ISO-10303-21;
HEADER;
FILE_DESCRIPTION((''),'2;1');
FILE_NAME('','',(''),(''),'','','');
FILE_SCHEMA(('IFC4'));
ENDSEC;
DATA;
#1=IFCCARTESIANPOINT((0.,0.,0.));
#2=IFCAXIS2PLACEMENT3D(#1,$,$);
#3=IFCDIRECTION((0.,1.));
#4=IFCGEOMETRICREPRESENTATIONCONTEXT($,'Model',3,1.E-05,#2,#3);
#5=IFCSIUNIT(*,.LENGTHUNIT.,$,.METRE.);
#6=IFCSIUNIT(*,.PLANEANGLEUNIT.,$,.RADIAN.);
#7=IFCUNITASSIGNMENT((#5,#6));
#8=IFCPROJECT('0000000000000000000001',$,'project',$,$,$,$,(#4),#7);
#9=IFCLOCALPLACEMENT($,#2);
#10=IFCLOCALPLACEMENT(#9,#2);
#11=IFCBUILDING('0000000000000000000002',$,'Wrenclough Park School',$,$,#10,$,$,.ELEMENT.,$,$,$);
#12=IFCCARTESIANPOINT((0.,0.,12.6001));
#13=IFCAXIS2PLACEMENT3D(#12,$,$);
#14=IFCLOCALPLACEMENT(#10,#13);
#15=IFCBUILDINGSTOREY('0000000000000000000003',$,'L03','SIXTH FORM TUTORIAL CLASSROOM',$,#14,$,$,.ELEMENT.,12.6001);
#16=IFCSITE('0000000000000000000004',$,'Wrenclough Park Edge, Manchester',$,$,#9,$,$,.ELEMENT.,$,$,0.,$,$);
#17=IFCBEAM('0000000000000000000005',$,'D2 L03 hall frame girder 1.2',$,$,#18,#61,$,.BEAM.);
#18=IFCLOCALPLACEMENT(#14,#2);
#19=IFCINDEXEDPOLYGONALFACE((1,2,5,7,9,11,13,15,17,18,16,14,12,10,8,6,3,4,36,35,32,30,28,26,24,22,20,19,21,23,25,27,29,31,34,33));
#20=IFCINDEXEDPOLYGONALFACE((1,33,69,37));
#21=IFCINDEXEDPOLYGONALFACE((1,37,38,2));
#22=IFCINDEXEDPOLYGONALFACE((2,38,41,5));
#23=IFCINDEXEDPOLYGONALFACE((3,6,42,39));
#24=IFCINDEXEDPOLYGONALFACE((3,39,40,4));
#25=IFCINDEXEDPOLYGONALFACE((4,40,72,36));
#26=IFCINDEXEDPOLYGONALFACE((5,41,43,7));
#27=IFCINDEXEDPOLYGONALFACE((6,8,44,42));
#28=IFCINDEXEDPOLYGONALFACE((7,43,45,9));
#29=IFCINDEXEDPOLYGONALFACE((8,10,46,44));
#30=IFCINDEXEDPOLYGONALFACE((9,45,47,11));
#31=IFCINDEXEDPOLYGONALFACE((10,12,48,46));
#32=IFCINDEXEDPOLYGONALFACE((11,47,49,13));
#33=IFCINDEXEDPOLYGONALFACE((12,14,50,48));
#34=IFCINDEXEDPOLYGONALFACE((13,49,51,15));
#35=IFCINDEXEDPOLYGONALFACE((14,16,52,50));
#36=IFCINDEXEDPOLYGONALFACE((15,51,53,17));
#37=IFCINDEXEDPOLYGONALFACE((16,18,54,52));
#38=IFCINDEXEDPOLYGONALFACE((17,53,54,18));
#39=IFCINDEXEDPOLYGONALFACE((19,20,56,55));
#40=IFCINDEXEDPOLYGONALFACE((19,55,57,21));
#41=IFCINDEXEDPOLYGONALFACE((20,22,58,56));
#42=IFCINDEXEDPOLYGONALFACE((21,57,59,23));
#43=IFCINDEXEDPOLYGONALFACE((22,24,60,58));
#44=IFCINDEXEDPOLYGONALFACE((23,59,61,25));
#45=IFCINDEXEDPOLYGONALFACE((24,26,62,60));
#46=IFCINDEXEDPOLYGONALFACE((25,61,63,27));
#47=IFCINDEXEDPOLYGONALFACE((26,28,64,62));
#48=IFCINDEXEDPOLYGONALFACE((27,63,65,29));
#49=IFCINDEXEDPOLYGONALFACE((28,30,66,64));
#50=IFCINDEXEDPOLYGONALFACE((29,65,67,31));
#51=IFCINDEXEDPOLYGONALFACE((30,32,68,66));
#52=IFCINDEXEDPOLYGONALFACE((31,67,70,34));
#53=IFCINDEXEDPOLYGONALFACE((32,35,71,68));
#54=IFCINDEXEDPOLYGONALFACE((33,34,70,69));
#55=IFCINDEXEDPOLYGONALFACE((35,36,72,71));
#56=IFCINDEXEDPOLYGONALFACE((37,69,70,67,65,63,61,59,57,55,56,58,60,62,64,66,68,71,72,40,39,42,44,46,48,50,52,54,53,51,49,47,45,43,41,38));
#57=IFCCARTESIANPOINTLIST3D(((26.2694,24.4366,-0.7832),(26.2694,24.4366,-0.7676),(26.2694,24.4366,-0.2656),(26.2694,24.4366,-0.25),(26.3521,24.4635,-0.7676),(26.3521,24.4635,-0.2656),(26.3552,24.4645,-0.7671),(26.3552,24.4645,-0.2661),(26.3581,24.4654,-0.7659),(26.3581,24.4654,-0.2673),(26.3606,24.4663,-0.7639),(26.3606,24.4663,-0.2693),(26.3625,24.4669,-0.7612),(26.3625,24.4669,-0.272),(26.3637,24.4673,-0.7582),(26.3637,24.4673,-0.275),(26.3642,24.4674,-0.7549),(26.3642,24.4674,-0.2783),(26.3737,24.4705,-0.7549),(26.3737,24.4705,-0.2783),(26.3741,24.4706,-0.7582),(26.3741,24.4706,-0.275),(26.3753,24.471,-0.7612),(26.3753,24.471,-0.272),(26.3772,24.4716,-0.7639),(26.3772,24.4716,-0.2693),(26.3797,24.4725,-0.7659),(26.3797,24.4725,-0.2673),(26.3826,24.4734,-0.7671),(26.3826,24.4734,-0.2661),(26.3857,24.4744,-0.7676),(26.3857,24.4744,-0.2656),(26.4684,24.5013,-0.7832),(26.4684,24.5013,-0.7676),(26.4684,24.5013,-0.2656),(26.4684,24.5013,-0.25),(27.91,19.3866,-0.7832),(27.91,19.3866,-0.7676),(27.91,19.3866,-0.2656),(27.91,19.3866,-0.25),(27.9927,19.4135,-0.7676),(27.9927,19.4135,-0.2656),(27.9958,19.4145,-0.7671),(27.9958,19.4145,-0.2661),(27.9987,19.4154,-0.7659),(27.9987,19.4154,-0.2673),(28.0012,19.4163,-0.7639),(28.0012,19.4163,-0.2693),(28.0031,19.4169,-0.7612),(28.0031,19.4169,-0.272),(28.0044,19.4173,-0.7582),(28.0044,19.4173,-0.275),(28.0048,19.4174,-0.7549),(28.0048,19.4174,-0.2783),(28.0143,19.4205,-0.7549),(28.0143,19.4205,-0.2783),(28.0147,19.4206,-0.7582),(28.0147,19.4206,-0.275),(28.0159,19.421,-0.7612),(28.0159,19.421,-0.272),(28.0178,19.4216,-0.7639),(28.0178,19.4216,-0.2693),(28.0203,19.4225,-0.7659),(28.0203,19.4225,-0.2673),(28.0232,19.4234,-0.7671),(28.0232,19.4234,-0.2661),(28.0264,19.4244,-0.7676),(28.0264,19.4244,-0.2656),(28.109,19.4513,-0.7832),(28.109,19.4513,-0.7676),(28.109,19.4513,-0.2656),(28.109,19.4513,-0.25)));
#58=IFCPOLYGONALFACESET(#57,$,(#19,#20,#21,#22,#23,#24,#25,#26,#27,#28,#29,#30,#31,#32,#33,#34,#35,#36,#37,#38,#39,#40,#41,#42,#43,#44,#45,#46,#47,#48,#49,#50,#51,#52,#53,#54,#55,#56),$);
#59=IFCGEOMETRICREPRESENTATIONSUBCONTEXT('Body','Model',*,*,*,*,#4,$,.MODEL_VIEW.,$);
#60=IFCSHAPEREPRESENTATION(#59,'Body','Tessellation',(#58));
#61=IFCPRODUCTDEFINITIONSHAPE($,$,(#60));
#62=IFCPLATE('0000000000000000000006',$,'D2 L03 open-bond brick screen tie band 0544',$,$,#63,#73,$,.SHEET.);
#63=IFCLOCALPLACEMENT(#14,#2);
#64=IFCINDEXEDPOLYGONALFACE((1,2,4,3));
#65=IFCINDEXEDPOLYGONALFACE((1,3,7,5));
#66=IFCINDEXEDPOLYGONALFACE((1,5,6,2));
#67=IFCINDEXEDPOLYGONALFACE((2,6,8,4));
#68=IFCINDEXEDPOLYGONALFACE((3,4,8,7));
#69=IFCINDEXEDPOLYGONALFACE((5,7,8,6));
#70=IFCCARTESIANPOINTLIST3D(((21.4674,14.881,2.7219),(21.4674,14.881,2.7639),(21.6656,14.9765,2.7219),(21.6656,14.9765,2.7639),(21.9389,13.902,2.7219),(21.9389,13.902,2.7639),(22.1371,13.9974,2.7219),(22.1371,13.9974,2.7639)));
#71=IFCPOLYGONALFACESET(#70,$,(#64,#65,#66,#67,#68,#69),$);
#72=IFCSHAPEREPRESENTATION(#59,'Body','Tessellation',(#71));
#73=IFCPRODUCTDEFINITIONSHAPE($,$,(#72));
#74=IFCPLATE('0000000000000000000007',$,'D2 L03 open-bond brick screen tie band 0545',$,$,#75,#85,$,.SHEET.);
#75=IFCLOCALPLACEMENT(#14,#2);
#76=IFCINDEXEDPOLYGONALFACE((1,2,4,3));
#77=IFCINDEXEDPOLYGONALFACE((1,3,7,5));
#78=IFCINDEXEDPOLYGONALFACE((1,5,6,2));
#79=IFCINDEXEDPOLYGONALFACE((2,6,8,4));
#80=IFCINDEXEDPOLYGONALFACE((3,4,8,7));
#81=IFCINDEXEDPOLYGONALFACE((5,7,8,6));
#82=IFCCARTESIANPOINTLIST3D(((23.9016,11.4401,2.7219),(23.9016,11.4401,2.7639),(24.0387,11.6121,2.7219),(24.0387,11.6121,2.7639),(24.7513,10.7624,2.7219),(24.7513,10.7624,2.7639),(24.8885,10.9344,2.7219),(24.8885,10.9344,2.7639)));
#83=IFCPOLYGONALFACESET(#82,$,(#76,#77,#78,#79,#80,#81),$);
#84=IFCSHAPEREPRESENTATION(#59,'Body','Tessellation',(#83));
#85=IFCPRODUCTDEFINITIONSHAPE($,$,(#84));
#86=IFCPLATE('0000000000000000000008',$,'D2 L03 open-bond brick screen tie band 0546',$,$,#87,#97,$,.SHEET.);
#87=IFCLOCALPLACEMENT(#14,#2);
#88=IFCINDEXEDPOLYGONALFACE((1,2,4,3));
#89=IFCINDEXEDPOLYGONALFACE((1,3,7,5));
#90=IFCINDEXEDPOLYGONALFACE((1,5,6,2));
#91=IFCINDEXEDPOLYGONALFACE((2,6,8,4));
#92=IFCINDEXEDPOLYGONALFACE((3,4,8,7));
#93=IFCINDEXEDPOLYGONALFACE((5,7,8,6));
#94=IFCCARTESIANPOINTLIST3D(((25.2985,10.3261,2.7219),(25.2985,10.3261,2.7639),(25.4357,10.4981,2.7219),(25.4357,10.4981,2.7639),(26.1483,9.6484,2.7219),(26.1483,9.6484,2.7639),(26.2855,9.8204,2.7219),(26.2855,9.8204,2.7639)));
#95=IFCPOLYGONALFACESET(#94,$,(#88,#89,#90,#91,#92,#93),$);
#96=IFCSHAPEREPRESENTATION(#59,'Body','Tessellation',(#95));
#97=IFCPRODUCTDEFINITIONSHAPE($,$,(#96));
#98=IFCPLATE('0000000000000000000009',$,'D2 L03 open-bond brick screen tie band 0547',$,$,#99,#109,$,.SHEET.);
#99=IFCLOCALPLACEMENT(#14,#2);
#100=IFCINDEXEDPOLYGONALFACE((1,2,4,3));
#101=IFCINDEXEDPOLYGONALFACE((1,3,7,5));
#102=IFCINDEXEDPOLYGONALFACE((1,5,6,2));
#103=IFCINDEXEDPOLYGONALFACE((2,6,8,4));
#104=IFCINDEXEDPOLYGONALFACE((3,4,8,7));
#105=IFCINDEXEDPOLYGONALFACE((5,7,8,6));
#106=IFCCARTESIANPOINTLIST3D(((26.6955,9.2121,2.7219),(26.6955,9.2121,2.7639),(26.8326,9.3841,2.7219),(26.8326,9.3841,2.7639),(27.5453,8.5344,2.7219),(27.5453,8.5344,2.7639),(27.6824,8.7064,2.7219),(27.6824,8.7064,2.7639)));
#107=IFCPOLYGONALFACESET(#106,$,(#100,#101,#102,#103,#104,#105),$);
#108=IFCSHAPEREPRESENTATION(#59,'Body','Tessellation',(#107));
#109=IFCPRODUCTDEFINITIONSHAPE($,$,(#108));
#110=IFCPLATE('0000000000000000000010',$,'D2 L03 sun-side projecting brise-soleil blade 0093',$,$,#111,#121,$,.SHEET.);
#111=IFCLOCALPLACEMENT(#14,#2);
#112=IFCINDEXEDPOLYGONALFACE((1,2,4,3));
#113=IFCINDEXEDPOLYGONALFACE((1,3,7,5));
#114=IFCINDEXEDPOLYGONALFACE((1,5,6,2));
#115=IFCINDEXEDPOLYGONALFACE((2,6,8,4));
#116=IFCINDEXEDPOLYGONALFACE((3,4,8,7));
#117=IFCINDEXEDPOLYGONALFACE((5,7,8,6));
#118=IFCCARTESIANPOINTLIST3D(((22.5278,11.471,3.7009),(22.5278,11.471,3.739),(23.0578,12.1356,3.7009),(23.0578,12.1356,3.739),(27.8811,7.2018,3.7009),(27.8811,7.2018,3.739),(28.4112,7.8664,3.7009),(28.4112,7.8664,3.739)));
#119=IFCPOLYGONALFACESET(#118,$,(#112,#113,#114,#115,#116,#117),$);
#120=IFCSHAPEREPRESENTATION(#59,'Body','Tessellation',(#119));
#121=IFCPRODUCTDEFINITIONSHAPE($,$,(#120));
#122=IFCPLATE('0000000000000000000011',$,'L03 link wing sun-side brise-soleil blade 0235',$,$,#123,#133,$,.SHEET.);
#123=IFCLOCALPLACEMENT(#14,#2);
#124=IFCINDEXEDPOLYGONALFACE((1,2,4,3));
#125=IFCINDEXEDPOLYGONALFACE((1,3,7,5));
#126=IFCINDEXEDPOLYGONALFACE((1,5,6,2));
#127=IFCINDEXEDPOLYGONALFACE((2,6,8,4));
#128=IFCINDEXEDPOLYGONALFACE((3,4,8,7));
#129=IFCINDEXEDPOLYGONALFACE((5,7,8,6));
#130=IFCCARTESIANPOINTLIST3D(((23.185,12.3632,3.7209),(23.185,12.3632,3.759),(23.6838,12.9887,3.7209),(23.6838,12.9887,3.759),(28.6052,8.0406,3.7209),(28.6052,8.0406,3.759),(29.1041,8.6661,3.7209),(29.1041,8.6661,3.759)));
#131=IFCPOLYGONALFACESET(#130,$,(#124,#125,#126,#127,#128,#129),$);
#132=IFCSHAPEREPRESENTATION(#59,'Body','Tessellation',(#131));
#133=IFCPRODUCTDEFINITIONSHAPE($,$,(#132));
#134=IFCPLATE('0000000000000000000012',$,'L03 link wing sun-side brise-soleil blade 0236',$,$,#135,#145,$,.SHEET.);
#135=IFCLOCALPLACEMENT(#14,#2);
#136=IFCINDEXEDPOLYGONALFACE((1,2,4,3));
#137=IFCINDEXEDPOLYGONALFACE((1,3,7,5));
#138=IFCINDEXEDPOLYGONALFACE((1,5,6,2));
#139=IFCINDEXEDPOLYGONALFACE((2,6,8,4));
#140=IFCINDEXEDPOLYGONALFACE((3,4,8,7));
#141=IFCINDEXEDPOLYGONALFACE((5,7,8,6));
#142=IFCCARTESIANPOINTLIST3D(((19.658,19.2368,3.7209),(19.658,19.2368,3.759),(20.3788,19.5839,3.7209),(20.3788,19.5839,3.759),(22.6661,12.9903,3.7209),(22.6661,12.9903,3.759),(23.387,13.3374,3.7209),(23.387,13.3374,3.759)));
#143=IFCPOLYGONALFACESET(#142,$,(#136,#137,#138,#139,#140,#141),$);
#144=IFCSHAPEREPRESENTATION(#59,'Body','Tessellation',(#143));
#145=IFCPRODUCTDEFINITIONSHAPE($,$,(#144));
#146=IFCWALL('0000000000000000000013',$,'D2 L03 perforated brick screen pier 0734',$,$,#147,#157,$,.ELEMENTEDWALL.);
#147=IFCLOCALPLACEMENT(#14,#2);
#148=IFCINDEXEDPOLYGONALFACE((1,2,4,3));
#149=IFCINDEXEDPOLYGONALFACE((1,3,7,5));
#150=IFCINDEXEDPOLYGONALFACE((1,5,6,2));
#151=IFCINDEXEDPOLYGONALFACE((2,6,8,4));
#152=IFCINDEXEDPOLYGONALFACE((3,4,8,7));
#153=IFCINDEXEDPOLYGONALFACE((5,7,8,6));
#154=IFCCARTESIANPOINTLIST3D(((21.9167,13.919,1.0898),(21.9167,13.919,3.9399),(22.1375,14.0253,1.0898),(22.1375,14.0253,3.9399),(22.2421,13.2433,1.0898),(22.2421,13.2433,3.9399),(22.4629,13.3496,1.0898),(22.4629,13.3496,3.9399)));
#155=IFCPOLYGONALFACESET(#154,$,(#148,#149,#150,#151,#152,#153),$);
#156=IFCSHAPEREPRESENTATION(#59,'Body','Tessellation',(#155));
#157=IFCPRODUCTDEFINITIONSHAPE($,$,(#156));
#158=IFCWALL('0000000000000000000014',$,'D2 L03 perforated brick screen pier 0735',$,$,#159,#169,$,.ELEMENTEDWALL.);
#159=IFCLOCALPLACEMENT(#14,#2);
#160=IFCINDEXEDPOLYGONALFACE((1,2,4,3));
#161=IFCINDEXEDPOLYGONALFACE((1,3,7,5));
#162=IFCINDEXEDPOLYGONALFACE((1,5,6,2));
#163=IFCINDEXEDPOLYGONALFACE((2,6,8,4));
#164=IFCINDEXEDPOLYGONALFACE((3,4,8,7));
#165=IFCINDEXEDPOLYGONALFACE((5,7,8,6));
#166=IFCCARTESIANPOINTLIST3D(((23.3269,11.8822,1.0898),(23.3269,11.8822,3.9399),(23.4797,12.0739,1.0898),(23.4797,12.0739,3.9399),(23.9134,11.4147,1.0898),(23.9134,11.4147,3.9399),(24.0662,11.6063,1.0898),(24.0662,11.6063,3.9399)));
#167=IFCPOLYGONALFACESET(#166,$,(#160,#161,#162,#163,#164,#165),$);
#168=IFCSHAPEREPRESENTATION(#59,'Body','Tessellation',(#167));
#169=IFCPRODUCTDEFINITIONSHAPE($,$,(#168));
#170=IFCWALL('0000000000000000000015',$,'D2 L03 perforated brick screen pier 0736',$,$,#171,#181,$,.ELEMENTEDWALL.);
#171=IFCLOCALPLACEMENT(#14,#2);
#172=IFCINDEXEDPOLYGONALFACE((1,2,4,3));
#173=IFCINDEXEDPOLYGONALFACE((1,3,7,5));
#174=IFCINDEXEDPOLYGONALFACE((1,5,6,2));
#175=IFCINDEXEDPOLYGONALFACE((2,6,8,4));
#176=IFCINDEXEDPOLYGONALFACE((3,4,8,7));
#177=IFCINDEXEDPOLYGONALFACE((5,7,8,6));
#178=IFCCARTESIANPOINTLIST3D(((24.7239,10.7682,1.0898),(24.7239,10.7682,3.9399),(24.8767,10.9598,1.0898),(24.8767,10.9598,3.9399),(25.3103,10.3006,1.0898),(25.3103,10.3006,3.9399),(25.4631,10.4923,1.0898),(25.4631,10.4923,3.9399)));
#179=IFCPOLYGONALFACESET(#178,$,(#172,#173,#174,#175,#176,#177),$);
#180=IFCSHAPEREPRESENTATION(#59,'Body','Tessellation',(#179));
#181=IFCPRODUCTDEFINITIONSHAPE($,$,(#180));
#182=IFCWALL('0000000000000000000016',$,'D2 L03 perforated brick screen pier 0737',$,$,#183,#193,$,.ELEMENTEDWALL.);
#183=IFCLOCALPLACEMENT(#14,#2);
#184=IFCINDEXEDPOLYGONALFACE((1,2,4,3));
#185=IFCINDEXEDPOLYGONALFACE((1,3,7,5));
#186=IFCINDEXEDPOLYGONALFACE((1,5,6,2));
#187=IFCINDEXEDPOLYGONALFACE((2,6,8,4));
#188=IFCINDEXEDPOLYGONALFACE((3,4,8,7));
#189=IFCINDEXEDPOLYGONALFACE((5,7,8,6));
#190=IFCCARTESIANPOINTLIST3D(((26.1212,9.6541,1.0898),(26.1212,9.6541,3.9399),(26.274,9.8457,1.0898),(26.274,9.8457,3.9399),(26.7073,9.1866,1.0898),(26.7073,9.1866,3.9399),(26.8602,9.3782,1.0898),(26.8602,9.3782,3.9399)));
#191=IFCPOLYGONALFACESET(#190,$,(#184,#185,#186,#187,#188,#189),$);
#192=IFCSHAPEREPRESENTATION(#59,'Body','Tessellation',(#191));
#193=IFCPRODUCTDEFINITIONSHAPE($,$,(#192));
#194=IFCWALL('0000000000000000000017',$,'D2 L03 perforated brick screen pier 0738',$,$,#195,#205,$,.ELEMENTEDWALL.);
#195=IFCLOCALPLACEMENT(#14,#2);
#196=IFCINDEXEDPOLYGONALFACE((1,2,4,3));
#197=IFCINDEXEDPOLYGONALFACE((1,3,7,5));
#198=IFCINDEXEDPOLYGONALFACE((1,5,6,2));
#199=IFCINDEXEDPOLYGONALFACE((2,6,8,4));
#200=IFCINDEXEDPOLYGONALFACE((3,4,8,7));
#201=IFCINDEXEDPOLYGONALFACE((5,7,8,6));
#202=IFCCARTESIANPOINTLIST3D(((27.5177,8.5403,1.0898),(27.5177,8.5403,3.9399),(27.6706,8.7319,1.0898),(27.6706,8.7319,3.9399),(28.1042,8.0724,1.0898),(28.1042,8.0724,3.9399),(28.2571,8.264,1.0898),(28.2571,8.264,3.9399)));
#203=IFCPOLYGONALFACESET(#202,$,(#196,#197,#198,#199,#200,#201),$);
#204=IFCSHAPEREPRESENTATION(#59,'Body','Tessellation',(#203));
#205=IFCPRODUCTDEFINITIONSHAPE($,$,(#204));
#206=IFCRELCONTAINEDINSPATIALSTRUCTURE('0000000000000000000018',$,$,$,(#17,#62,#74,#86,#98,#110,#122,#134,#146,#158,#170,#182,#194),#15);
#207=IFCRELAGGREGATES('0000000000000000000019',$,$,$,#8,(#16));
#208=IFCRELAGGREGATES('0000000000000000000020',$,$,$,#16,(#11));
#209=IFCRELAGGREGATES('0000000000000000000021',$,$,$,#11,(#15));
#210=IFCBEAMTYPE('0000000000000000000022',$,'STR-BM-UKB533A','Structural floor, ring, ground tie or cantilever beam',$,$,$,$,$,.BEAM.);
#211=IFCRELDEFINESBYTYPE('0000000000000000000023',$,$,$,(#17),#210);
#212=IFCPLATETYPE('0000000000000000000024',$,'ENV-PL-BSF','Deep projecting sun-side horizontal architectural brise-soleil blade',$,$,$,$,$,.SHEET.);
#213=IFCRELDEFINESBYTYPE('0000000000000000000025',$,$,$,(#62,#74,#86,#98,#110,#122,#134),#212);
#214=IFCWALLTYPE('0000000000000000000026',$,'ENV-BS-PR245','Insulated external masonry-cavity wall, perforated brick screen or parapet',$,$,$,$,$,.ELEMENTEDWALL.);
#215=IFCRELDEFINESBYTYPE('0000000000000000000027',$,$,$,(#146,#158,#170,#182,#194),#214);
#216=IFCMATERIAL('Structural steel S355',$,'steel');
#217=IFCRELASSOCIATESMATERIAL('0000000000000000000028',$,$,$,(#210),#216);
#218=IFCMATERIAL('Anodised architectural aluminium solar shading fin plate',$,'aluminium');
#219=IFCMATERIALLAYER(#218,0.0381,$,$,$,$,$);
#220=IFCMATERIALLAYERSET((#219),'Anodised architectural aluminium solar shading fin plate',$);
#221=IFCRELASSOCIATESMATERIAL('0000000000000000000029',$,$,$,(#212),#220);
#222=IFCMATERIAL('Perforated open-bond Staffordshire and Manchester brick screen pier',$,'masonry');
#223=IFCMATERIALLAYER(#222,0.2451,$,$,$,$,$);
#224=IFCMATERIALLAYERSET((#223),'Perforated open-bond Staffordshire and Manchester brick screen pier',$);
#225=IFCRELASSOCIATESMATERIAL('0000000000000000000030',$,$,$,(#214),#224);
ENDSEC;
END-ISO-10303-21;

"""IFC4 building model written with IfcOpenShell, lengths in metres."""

from ifc_helpers import new_model, si_unit, direction, frame, frame_2d, origin, origin_2d, place, context, subcontext, project, spatial, rectangle, i_section, extrude, material, layer, layer_set, material_profile, profile_set, type_object, element, save


model = new_model("IFC4")

# Units and contexts
model_context = context("Model", 3, precision=1e-05, world=origin(), true_north=direction((0.0, 1.0)))
body_context = subcontext(model_context, "Body", "Model", "MODEL_VIEW")
ifc_project = project(units=[si_unit("LENGTHUNIT", "METRE"), si_unit("PLANEANGLEUNIT", "RADIAN")], contexts=[model_context])

# Site, building, storey
site_placement = place(None, origin())
site = spatial("IfcSite", under=ifc_project, at=site_placement, Name="Wrenclough Park Edge, Manchester", CompositionType="ELEMENT", RefElevation=0.0)
building_placement = place(site_placement, origin())
building = spatial("IfcBuilding", under=site, at=building_placement, Name="Wrenclough Park School", CompositionType="ELEMENT")
storey_placement = place(building_placement, frame((0.0, 0.0, 12.6001)))
storey = spatial("IfcBuildingStorey", under=building, at=storey_placement, Name="L03", Description="SIXTH FORM TUTORIAL CLASSROOM", CompositionType="ELEMENT", Elevation=12.6001)

# Shared definitions
ifc_material_1 = material(Name="Structural steel S355", Category="steel")

# Beam
ifc_material_profile_1 = material_profile(ifc_material_1, i_section(OverallWidth=0.2092, OverallDepth=0.5332, WebThickness=0.01, FlangeThickness=0.0156, FilletRadius=0.0127, at=origin_2d()), Name="UKB 533x210x92")
ifc_profile_set_1 = profile_set([ifc_material_profile_1], Name="Structural steel S355")
beam_type_1 = type_object("IfcBeamType", Name="STR-BM-UKB533A", Description="Structural floor, ring, ground tie or cantilever beam", PredefinedType="BEAM", material=ifc_profile_set_1)
beam_1_placement = place(storey_placement, frame((28.0095, 19.4189, -0.5166), z_axis=(-0.308977, 0.95107, 0.0), x_axis=(-0.95107, -0.308977, 0.0)))
element("IfcBeam", 1, at=beam_1_placement, inside=storey, type_object=beam_type_1, Name="D2 L03 hall frame girder 1.2", PredefinedType="BEAM", context=body_context, shape_type="SweptSolid", body=[
    extrude(i_section(OverallWidth=0.2092, OverallDepth=0.5332, WebThickness=0.01, FlangeThickness=0.0156, FilletRadius=0.0127, at=origin_2d()), origin(), (0.0, 0.0, 1.0), 5.3098),
])

# Plates
ifc_material_2 = material(Name="Anodised architectural aluminium solar shading fin plate", Category="aluminium")
ifc_layer_1 = layer(ifc_material_2, 0.0381)
ifc_layer_set_1 = layer_set([ifc_layer_1], Name="Anodised architectural aluminium solar shading fin plate")
plate_type = type_object("IfcPlateType", Name="ENV-PL-BSF", Description="Deep projecting sun-side horizontal architectural brise-soleil blade", PredefinedType="SHEET", material=ifc_layer_set_1)
plate_1_placement = place(storey_placement, frame((21.8022, 14.4392, 2.7219), z_axis=(0.0, 0.0, 1.0), x_axis=(0.433883, -0.900969, 0.0)))
element("IfcPlate", 2, at=plate_1_placement, inside=storey, type_object=plate_type, Name="D2 L03 open-bond brick screen tie band 0544", PredefinedType="SHEET", context=body_context, shape_type="SweptSolid", body=[
    extrude(rectangle(XDim=1.0867, YDim=0.22, at=origin_2d()), origin(), (0.0, 0.0, 1.0), 0.042),
])
for number, where, z_axis, x_axis, name in (
    (3, (24.395, 11.1873, 2.7219), (0.0, 0.0, 1.0), (0.781832, -0.62349, 0.0), "D2 L03 open-bond brick screen tie band 0545"),
    (4, (25.792, 10.0732, 2.7219), (0.0, 0.0, 1.0), (0.781832, -0.62349, 0.0), "D2 L03 open-bond brick screen tie band 0546"),
    (5, (27.189, 8.9592, 2.7219), (0.0, 0.0, 1.0), (0.781832, -0.62349, 0.0), "D2 L03 open-bond brick screen tie band 0547"),
):
    element("IfcPlate", number, at=place(storey_placement, frame(where, z_axis=z_axis, x_axis=x_axis)), inside=storey, type_object=plate_type, Name=name, PredefinedType="SHEET", context=body_context, shape_type="SweptSolid", body=[
        extrude(rectangle(XDim=1.0869, YDim=0.22, at=origin_2d()), origin(), (0.0, 0.0, 1.0), 0.042),
    ])
plate_2_placement = place(storey_placement, frame((25.4695, 9.6687, 3.7009), z_axis=(0.0, 0.0, 1.0), x_axis=(0.781832, -0.62349, 0.0)))
element("IfcPlate", 6, at=plate_2_placement, inside=storey, type_object=plate_type, Name="D2 L03 sun-side projecting brise-soleil blade 0093", PredefinedType="SHEET", context=body_context, shape_type="SweptSolid", body=[
    extrude(rectangle(XDim=6.8472, YDim=0.8501, at=origin_2d()), origin(), (0.0, 0.0, 1.0), 0.0381),
])
plate_3_placement = place(storey_placement, frame((26.1445, 10.5146, 3.7209), z_axis=(0.0, 0.0, 1.0), x_axis=(-0.781821, 0.623504, 0.0)))
element("IfcPlate", 7, at=plate_3_placement, inside=storey, type_object=plate_type, Name="L03 link wing sun-side brise-soleil blade 0235", PredefinedType="SHEET", context=body_context, shape_type="SweptSolid", body=[
    extrude(rectangle(XDim=6.9329, YDim=0.8, at=origin_2d()), origin(), (0.0, 0.0, 1.0), 0.0381),
])
plate_4_placement = place(storey_placement, frame((21.5225, 16.2871, 3.7209), z_axis=(0.0, 0.0, 1.0), x_axis=(-0.433887, 0.900967, 0.0)))
element("IfcPlate", 8, at=plate_4_placement, inside=storey, type_object=plate_type, Name="L03 link wing sun-side brise-soleil blade 0236", PredefinedType="SHEET", context=body_context, shape_type="SweptSolid", body=[
    extrude(rectangle(XDim=6.9331, YDim=0.8, at=origin_2d()), origin(), (0.0, 0.0, 1.0), 0.0381),
])

# Walls
ifc_material_3 = material(Name="Perforated open-bond Staffordshire and Manchester brick screen pier", Category="masonry")
ifc_layer_2 = layer(ifc_material_3, 0.2451)
ifc_layer_set_2 = layer_set([ifc_layer_2], Name="Perforated open-bond Staffordshire and Manchester brick screen pier")
wall_type_1 = type_object("IfcWallType", Name="ENV-BS-PR245", Description="Insulated external masonry-cavity wall, perforated brick screen or parapet", PredefinedType="ELEMENTEDWALL", material=ifc_layer_set_2)
for number, where, z_axis, x_axis, name in (
    (9, (22.0271, 13.9722, 1.0898), (0.0, 0.0, 1.0), (0.433884, -0.900969, 0.0), "D2 L03 perforated brick screen pier 0734"),
    (10, (23.4033, 11.978, 1.0898), (0.0, 0.0, 1.0), (0.781916, -0.623384, 0.0), "D2 L03 perforated brick screen pier 0735"),
    (11, (24.8003, 10.864, 1.0898), (0.0, 0.0, 1.0), (0.781916, -0.623384, 0.0), "D2 L03 perforated brick screen pier 0736"),
):
    element("IfcWall", number, at=place(storey_placement, frame(where, z_axis=z_axis, x_axis=x_axis)), inside=storey, type_object=wall_type_1, Name=name, PredefinedType="ELEMENTEDWALL", context=body_context, shape_type="SweptSolid", body=[
        extrude(rectangle(XDim=0.75, YDim=0.2451, at=frame_2d((0.375, 0.0))), origin(), (0.0, 0.0, 1.0), 2.8501),
    ])
wall_1_placement = place(storey_placement, frame((26.1975, 9.75, 1.0898), z_axis=(0.0, 0.0, 1.0), x_axis=(0.781789, -0.623543, 0.0)))
element("IfcWall", 12, at=wall_1_placement, inside=storey, type_object=wall_type_1, Name="D2 L03 perforated brick screen pier 0737", PredefinedType="ELEMENTEDWALL", context=body_context, shape_type="SweptSolid", body=[
    extrude(rectangle(XDim=0.7498, YDim=0.2451, at=frame_2d((0.375, 0.0))), origin(), (0.0, 0.0, 1.0), 2.8501),
])
wall_2_placement = place(storey_placement, frame((27.5942, 8.636, 1.0898), z_axis=(0.0, 0.0, 1.0), x_axis=(0.781757, -0.623583, 0.0)))
element("IfcWall", 13, at=wall_2_placement, inside=storey, type_object=wall_type_1, Name="D2 L03 perforated brick screen pier 0738", PredefinedType="ELEMENTEDWALL", context=body_context, shape_type="SweptSolid", body=[
    extrude(rectangle(XDim=0.7502, YDim=0.2451, at=frame_2d((0.375, 0.0))), origin(), (0.0, 0.0, 1.0), 2.8501),
])

save(model, "model.ifc")
